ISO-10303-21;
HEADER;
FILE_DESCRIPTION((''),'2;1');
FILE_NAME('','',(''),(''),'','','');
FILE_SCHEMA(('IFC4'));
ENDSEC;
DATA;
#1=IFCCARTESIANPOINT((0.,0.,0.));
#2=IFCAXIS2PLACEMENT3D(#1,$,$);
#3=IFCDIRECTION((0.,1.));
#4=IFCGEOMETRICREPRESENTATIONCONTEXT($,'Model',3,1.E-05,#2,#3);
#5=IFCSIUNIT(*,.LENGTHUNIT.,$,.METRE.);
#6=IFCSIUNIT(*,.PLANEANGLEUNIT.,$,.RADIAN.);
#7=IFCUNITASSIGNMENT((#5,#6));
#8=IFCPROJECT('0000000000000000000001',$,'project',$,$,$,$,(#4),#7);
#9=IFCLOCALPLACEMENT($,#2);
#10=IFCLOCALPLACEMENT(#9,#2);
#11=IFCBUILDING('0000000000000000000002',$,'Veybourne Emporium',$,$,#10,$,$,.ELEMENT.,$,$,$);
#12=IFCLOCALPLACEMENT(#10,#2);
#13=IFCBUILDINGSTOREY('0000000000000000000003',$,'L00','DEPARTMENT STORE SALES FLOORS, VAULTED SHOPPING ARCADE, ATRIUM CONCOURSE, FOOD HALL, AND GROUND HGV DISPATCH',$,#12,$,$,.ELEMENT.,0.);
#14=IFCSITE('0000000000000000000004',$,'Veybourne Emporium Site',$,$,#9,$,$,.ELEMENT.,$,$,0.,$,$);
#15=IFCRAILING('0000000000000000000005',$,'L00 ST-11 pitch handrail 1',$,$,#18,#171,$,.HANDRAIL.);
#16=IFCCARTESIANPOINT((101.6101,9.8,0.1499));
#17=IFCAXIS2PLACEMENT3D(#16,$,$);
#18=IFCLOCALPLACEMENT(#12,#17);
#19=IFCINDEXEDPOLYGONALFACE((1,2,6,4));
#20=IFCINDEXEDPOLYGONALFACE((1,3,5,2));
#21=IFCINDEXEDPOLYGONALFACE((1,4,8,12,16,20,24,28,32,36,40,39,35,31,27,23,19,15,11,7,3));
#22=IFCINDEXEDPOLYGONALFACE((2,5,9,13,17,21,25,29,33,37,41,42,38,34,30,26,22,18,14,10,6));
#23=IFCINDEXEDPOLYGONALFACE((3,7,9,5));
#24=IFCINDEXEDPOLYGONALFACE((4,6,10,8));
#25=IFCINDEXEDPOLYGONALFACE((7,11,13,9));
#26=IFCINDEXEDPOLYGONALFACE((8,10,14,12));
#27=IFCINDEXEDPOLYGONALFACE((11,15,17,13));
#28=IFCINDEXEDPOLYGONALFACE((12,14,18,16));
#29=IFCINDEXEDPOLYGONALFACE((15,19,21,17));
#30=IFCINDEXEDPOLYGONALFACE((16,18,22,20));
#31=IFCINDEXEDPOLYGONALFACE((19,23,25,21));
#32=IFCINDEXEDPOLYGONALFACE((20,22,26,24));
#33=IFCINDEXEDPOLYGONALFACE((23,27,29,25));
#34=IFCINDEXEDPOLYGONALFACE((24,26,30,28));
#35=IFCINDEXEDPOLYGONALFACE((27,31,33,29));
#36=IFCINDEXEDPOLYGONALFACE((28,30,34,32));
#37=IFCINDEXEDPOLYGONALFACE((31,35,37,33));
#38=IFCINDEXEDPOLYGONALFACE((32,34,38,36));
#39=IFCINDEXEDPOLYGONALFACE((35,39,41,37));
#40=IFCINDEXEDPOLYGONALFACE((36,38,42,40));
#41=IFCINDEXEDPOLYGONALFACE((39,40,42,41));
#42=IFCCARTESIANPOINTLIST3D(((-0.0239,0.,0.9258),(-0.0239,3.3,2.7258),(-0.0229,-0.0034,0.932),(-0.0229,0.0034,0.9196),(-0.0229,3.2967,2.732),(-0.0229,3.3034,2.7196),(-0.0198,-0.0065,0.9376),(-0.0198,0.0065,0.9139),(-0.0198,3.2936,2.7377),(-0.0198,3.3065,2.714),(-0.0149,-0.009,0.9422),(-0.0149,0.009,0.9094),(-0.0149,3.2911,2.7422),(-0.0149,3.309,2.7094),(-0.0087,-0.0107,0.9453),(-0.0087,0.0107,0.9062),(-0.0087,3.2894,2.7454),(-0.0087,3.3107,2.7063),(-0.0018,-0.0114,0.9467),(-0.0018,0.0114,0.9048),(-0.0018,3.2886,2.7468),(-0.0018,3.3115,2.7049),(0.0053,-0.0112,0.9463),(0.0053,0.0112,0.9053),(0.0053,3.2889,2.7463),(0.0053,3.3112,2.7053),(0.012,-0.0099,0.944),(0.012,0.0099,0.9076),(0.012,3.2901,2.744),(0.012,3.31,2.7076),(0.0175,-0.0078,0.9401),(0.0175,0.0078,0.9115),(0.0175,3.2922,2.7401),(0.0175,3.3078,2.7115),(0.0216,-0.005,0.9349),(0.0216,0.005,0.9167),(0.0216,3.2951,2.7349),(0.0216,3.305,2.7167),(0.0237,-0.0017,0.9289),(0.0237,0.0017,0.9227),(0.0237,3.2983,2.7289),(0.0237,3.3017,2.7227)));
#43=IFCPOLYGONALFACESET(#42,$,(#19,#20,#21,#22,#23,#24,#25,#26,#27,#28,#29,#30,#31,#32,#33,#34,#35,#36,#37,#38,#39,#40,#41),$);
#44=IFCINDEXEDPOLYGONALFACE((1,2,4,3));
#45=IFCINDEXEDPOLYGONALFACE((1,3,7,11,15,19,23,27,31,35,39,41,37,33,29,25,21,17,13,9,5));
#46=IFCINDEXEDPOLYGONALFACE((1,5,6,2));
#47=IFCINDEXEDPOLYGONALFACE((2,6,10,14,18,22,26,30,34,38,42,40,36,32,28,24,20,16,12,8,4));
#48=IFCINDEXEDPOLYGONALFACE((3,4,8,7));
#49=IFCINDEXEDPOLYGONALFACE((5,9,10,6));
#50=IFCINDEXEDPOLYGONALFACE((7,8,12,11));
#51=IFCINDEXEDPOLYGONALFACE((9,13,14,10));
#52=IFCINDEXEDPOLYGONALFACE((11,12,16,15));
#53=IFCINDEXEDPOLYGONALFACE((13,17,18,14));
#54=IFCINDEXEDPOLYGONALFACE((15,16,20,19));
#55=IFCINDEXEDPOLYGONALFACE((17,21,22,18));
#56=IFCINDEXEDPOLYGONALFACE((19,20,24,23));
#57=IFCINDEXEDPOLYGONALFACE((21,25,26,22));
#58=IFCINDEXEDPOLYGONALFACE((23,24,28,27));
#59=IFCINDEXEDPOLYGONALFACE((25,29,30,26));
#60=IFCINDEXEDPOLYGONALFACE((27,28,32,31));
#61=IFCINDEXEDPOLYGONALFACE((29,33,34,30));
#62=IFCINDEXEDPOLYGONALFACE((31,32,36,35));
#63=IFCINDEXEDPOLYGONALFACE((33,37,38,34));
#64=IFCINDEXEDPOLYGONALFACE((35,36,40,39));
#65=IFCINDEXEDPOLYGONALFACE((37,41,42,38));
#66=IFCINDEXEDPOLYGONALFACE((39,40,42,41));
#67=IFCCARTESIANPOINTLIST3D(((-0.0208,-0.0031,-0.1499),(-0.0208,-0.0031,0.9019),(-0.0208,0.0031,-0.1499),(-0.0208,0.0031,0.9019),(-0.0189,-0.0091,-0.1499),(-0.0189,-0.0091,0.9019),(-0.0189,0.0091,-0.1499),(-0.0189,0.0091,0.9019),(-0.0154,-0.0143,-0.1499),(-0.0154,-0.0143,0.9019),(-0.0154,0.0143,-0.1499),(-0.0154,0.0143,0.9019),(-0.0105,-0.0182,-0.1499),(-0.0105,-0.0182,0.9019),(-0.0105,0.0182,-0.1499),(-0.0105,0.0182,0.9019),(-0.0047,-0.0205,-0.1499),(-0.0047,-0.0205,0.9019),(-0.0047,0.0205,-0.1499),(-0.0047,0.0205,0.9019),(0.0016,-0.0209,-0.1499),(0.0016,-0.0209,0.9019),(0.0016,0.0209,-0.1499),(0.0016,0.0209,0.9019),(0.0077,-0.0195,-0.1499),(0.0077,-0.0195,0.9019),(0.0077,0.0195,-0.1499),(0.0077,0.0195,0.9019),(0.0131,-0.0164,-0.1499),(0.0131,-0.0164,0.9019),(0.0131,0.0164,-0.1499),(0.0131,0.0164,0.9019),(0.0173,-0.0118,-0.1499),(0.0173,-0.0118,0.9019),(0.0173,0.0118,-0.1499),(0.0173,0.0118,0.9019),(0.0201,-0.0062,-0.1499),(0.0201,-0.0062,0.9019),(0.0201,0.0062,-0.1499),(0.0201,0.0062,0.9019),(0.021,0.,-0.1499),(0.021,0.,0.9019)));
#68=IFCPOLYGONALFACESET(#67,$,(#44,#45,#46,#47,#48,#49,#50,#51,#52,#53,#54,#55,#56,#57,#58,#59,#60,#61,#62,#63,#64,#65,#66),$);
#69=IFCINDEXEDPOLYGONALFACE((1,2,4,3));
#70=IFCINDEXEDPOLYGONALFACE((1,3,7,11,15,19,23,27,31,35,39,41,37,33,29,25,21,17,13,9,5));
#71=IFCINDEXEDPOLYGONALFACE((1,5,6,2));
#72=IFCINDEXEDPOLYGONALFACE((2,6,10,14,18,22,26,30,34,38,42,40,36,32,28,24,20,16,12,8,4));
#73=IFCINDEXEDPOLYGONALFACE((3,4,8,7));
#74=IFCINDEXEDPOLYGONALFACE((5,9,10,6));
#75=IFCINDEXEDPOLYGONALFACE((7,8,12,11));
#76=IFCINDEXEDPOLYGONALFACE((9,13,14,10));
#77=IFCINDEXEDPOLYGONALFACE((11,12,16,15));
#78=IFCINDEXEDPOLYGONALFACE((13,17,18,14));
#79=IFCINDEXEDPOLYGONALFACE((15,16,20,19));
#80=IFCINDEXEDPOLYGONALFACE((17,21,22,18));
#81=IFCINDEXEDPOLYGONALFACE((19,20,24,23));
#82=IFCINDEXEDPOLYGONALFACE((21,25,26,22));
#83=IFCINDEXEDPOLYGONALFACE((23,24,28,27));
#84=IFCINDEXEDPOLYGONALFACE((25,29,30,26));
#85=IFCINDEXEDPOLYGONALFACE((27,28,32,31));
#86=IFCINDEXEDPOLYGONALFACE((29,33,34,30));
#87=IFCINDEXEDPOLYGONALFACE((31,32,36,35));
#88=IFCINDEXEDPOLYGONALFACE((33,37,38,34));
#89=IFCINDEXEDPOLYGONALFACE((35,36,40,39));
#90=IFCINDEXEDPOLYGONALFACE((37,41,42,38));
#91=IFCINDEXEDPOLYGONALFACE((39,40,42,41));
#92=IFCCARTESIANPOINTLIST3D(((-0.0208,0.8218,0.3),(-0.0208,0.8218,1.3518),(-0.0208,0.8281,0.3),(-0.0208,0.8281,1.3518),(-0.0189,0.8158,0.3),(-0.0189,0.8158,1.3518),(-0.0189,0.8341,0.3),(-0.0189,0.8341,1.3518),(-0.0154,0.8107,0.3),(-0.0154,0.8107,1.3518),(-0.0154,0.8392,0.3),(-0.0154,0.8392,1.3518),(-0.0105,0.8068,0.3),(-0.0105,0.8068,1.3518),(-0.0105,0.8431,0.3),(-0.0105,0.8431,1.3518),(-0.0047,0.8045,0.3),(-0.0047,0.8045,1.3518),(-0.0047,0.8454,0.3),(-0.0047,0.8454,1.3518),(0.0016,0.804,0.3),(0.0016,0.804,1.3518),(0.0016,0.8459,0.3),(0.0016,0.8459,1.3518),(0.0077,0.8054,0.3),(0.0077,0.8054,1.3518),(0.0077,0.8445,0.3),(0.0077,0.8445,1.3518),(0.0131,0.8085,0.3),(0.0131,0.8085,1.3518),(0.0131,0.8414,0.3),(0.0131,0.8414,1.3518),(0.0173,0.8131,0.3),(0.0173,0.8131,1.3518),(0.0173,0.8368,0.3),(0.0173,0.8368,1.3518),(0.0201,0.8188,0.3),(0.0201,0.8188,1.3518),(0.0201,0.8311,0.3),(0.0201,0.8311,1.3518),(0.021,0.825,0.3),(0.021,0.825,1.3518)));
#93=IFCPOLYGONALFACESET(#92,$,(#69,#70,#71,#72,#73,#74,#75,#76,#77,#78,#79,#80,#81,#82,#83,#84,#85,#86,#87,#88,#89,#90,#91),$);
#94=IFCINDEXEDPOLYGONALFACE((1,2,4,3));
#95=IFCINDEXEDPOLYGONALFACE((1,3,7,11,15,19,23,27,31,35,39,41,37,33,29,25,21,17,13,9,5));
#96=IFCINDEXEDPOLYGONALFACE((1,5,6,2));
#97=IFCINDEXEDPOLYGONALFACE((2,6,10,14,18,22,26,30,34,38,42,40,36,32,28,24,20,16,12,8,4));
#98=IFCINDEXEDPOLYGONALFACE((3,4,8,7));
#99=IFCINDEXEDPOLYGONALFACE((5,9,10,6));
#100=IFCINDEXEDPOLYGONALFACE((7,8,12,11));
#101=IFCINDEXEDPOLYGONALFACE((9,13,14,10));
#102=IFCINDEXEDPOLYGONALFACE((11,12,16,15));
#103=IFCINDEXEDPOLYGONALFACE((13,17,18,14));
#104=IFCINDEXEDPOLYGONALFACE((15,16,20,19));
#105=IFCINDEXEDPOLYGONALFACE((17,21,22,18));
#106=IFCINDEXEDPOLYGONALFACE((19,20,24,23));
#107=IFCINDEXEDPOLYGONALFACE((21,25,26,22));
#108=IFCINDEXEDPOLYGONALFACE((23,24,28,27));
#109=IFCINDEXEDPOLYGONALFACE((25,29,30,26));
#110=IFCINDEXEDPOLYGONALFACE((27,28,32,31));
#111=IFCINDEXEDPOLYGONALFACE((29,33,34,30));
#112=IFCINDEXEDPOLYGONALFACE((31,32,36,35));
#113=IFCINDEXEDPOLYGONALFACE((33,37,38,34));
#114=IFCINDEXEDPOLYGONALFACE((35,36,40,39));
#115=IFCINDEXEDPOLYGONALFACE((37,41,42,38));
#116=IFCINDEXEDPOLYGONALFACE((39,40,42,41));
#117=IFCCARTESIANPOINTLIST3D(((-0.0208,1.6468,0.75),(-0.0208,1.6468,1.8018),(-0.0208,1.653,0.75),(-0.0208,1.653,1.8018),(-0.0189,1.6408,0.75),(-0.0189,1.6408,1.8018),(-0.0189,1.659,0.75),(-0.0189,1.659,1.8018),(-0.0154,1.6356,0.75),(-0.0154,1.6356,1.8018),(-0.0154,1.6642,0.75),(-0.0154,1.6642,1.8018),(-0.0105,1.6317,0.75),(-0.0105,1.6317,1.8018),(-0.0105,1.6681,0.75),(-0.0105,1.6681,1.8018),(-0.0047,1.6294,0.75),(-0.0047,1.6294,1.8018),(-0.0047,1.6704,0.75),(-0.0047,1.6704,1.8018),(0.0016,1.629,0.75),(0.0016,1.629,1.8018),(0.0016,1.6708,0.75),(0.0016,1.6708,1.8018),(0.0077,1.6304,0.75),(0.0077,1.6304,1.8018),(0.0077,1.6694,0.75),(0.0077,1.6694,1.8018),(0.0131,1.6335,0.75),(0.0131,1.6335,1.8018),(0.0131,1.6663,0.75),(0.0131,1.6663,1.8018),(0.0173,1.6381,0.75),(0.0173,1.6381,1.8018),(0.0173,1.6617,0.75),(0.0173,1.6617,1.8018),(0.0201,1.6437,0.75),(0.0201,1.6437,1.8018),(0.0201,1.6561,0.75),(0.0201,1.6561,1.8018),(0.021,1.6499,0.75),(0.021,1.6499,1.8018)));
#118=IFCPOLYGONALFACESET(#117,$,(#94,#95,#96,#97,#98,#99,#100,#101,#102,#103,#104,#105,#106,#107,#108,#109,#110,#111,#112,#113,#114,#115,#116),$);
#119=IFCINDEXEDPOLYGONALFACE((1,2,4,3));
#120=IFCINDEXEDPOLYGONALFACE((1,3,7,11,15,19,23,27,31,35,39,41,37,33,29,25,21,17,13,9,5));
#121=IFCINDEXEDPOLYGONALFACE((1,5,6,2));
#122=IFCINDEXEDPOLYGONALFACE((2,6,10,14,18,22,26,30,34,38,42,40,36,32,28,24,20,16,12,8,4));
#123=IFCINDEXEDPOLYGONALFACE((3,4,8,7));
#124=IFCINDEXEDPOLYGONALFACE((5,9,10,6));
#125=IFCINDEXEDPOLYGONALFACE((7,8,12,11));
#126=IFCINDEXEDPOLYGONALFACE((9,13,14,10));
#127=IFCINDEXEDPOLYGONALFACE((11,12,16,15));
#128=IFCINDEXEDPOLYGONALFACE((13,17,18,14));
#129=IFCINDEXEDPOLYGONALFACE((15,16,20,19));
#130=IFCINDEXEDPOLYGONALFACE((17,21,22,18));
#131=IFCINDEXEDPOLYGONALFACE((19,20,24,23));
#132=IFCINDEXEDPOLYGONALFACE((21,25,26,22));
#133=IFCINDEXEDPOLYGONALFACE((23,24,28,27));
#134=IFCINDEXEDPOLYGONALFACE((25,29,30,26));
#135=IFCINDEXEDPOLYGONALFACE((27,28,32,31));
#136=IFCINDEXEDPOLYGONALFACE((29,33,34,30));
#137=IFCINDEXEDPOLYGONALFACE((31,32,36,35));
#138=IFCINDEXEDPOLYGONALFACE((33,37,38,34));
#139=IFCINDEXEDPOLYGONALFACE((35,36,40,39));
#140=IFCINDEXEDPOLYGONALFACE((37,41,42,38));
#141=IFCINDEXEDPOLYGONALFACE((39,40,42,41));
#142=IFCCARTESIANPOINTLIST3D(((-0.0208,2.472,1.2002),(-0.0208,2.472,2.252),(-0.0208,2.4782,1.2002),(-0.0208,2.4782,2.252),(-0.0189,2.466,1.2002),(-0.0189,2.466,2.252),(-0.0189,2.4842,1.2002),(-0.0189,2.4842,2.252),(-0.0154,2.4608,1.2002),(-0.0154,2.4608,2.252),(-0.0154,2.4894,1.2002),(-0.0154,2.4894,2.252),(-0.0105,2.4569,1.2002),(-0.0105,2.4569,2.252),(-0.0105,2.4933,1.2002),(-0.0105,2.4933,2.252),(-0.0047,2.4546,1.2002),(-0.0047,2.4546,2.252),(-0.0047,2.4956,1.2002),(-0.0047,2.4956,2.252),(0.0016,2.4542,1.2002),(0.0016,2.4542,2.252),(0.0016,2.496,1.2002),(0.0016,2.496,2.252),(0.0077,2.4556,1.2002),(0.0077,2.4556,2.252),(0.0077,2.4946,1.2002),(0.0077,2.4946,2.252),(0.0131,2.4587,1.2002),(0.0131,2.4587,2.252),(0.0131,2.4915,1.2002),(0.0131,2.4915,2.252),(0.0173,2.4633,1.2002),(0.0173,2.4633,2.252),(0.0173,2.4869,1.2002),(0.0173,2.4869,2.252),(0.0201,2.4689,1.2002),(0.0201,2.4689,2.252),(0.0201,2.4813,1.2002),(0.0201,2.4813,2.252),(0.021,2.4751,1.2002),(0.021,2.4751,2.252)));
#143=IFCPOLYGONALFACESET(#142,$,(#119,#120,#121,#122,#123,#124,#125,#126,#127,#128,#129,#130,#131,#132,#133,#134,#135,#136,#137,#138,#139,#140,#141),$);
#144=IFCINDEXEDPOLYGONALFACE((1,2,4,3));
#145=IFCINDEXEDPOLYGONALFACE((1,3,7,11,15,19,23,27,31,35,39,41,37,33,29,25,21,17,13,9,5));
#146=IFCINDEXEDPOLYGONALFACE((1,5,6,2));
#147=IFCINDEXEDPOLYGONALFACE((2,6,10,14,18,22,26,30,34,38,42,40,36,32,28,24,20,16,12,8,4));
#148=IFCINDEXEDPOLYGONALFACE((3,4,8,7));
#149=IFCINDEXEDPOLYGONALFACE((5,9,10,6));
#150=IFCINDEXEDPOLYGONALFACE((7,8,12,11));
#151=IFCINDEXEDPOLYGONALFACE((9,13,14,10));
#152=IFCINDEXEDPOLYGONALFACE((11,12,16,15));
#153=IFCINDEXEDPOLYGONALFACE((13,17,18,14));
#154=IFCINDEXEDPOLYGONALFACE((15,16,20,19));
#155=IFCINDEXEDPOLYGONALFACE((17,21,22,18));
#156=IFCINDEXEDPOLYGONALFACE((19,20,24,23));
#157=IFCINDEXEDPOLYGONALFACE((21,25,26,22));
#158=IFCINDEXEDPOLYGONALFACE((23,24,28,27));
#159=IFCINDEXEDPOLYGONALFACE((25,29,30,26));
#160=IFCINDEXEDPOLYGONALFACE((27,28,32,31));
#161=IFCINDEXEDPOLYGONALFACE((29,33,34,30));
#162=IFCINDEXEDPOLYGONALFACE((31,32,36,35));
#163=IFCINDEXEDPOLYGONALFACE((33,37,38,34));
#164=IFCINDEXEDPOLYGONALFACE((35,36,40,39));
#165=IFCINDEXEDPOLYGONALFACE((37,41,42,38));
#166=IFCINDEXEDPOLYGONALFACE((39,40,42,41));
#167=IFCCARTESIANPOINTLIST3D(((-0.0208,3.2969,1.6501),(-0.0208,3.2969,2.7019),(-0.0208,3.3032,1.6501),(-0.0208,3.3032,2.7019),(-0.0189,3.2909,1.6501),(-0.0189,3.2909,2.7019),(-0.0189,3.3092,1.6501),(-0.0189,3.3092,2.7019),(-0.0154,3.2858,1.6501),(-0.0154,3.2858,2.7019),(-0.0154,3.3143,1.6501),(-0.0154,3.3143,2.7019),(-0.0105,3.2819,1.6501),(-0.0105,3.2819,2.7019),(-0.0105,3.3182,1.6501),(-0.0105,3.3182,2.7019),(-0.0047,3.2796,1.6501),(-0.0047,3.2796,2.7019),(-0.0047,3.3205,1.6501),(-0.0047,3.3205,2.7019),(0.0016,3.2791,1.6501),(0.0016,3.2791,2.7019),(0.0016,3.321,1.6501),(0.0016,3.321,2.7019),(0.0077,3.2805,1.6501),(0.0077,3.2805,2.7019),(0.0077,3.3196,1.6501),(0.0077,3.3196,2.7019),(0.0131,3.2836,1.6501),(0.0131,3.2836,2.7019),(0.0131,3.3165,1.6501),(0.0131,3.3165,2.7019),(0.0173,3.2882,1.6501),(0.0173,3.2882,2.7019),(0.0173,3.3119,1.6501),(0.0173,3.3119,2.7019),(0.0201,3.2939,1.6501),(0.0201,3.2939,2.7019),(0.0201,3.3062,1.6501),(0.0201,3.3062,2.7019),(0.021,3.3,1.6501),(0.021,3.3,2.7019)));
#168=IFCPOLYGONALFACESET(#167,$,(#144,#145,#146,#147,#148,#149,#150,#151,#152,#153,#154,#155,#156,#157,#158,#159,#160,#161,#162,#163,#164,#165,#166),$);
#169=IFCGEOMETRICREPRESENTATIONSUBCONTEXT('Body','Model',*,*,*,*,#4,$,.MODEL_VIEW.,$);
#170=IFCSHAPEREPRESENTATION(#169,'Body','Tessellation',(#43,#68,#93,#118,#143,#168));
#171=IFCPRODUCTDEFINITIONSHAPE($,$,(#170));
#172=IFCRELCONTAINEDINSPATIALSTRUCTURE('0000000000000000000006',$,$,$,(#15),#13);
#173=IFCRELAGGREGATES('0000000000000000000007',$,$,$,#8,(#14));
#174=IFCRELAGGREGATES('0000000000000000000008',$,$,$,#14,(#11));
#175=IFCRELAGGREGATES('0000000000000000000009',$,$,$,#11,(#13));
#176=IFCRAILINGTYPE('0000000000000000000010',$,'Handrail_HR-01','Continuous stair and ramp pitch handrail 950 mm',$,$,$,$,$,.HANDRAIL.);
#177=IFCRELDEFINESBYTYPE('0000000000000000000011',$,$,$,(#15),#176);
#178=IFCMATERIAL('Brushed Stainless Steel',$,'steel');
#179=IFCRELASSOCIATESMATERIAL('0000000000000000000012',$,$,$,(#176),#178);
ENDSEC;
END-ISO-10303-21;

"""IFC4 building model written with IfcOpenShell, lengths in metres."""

from ifc_helpers import new_model, si_unit, direction, frame, origin, origin_2d, place, context, subcontext, project, spatial, circle, extrude, material, type_object, element, save


model = new_model("IFC4")

# Units and contexts
model_context = context("Model", 3, precision=1e-05, world=origin(), true_north=direction((0.0, 1.0)))
body_context = subcontext(model_context, "Body", "Model", "MODEL_VIEW")
ifc_project = project(units=[si_unit("LENGTHUNIT", "METRE"), si_unit("PLANEANGLEUNIT", "RADIAN")], contexts=[model_context])

# Site, building, storey
site_placement = place(None, origin())
site = spatial("IfcSite", under=ifc_project, at=site_placement, Name="Veybourne Emporium Site", CompositionType="ELEMENT", RefElevation=0.0)
building_placement = place(site_placement, origin())
building = spatial("IfcBuilding", under=site, at=building_placement, Name="Veybourne Emporium", CompositionType="ELEMENT")
storey_placement = place(building_placement, origin())
storey = spatial("IfcBuildingStorey", under=building, at=storey_placement, Name="L00", Description="DEPARTMENT STORE SALES FLOORS, VAULTED SHOPPING ARCADE, ATRIUM CONCOURSE, FOOD HALL, AND GROUND HGV DISPATCH", CompositionType="ELEMENT", Elevation=0.0)

# Railing
ifc_material_1 = material(Name="Brushed Stainless Steel", Category="steel")
railing_type_1 = type_object("IfcRailingType", Name="Handrail_HR-01", Description="Continuous stair and ramp pitch handrail 950 mm", PredefinedType="HANDRAIL", material=ifc_material_1)
railing_1_placement = place(storey_placement, frame((101.6101, 9.8, 0.1499)))
element("IfcRailing", 1, at=railing_1_placement, inside=storey, type_object=railing_type_1, Name="L00 ST-11 pitch handrail 1", PredefinedType="HANDRAIL", context=body_context, shape_type="SweptSolid", body=[
    extrude(circle(Radius=0.0239, at=origin_2d()), frame((0.0, 0.0, 0.9258), z_axis=(0.0, 0.877893, 0.478857), x_axis=(-1.0, 0.0, 0.0)), (0.0, 0.0, 1.0), 3.759),
    extrude(circle(Radius=0.021, at=origin_2d()), frame((0.0, 0.0, -0.1499)), (0.0, 0.0, 1.0), 1.0518),
    extrude(circle(Radius=0.021, at=origin_2d()), frame((0.0, 0.825, 0.3)), (0.0, 0.0, 1.0), 1.0518),
    extrude(circle(Radius=0.021, at=origin_2d()), frame((0.0, 1.6499, 0.75)), (0.0, 0.0, 1.0), 1.0518),
    extrude(circle(Radius=0.021, at=origin_2d()), frame((0.0, 2.4751, 1.2002)), (0.0, 0.0, 1.0), 1.0518),
    extrude(circle(Radius=0.021, at=origin_2d()), frame((0.0, 3.3, 1.6501)), (0.0, 0.0, 1.0), 1.0518),
])

save(model, "model.ifc")
